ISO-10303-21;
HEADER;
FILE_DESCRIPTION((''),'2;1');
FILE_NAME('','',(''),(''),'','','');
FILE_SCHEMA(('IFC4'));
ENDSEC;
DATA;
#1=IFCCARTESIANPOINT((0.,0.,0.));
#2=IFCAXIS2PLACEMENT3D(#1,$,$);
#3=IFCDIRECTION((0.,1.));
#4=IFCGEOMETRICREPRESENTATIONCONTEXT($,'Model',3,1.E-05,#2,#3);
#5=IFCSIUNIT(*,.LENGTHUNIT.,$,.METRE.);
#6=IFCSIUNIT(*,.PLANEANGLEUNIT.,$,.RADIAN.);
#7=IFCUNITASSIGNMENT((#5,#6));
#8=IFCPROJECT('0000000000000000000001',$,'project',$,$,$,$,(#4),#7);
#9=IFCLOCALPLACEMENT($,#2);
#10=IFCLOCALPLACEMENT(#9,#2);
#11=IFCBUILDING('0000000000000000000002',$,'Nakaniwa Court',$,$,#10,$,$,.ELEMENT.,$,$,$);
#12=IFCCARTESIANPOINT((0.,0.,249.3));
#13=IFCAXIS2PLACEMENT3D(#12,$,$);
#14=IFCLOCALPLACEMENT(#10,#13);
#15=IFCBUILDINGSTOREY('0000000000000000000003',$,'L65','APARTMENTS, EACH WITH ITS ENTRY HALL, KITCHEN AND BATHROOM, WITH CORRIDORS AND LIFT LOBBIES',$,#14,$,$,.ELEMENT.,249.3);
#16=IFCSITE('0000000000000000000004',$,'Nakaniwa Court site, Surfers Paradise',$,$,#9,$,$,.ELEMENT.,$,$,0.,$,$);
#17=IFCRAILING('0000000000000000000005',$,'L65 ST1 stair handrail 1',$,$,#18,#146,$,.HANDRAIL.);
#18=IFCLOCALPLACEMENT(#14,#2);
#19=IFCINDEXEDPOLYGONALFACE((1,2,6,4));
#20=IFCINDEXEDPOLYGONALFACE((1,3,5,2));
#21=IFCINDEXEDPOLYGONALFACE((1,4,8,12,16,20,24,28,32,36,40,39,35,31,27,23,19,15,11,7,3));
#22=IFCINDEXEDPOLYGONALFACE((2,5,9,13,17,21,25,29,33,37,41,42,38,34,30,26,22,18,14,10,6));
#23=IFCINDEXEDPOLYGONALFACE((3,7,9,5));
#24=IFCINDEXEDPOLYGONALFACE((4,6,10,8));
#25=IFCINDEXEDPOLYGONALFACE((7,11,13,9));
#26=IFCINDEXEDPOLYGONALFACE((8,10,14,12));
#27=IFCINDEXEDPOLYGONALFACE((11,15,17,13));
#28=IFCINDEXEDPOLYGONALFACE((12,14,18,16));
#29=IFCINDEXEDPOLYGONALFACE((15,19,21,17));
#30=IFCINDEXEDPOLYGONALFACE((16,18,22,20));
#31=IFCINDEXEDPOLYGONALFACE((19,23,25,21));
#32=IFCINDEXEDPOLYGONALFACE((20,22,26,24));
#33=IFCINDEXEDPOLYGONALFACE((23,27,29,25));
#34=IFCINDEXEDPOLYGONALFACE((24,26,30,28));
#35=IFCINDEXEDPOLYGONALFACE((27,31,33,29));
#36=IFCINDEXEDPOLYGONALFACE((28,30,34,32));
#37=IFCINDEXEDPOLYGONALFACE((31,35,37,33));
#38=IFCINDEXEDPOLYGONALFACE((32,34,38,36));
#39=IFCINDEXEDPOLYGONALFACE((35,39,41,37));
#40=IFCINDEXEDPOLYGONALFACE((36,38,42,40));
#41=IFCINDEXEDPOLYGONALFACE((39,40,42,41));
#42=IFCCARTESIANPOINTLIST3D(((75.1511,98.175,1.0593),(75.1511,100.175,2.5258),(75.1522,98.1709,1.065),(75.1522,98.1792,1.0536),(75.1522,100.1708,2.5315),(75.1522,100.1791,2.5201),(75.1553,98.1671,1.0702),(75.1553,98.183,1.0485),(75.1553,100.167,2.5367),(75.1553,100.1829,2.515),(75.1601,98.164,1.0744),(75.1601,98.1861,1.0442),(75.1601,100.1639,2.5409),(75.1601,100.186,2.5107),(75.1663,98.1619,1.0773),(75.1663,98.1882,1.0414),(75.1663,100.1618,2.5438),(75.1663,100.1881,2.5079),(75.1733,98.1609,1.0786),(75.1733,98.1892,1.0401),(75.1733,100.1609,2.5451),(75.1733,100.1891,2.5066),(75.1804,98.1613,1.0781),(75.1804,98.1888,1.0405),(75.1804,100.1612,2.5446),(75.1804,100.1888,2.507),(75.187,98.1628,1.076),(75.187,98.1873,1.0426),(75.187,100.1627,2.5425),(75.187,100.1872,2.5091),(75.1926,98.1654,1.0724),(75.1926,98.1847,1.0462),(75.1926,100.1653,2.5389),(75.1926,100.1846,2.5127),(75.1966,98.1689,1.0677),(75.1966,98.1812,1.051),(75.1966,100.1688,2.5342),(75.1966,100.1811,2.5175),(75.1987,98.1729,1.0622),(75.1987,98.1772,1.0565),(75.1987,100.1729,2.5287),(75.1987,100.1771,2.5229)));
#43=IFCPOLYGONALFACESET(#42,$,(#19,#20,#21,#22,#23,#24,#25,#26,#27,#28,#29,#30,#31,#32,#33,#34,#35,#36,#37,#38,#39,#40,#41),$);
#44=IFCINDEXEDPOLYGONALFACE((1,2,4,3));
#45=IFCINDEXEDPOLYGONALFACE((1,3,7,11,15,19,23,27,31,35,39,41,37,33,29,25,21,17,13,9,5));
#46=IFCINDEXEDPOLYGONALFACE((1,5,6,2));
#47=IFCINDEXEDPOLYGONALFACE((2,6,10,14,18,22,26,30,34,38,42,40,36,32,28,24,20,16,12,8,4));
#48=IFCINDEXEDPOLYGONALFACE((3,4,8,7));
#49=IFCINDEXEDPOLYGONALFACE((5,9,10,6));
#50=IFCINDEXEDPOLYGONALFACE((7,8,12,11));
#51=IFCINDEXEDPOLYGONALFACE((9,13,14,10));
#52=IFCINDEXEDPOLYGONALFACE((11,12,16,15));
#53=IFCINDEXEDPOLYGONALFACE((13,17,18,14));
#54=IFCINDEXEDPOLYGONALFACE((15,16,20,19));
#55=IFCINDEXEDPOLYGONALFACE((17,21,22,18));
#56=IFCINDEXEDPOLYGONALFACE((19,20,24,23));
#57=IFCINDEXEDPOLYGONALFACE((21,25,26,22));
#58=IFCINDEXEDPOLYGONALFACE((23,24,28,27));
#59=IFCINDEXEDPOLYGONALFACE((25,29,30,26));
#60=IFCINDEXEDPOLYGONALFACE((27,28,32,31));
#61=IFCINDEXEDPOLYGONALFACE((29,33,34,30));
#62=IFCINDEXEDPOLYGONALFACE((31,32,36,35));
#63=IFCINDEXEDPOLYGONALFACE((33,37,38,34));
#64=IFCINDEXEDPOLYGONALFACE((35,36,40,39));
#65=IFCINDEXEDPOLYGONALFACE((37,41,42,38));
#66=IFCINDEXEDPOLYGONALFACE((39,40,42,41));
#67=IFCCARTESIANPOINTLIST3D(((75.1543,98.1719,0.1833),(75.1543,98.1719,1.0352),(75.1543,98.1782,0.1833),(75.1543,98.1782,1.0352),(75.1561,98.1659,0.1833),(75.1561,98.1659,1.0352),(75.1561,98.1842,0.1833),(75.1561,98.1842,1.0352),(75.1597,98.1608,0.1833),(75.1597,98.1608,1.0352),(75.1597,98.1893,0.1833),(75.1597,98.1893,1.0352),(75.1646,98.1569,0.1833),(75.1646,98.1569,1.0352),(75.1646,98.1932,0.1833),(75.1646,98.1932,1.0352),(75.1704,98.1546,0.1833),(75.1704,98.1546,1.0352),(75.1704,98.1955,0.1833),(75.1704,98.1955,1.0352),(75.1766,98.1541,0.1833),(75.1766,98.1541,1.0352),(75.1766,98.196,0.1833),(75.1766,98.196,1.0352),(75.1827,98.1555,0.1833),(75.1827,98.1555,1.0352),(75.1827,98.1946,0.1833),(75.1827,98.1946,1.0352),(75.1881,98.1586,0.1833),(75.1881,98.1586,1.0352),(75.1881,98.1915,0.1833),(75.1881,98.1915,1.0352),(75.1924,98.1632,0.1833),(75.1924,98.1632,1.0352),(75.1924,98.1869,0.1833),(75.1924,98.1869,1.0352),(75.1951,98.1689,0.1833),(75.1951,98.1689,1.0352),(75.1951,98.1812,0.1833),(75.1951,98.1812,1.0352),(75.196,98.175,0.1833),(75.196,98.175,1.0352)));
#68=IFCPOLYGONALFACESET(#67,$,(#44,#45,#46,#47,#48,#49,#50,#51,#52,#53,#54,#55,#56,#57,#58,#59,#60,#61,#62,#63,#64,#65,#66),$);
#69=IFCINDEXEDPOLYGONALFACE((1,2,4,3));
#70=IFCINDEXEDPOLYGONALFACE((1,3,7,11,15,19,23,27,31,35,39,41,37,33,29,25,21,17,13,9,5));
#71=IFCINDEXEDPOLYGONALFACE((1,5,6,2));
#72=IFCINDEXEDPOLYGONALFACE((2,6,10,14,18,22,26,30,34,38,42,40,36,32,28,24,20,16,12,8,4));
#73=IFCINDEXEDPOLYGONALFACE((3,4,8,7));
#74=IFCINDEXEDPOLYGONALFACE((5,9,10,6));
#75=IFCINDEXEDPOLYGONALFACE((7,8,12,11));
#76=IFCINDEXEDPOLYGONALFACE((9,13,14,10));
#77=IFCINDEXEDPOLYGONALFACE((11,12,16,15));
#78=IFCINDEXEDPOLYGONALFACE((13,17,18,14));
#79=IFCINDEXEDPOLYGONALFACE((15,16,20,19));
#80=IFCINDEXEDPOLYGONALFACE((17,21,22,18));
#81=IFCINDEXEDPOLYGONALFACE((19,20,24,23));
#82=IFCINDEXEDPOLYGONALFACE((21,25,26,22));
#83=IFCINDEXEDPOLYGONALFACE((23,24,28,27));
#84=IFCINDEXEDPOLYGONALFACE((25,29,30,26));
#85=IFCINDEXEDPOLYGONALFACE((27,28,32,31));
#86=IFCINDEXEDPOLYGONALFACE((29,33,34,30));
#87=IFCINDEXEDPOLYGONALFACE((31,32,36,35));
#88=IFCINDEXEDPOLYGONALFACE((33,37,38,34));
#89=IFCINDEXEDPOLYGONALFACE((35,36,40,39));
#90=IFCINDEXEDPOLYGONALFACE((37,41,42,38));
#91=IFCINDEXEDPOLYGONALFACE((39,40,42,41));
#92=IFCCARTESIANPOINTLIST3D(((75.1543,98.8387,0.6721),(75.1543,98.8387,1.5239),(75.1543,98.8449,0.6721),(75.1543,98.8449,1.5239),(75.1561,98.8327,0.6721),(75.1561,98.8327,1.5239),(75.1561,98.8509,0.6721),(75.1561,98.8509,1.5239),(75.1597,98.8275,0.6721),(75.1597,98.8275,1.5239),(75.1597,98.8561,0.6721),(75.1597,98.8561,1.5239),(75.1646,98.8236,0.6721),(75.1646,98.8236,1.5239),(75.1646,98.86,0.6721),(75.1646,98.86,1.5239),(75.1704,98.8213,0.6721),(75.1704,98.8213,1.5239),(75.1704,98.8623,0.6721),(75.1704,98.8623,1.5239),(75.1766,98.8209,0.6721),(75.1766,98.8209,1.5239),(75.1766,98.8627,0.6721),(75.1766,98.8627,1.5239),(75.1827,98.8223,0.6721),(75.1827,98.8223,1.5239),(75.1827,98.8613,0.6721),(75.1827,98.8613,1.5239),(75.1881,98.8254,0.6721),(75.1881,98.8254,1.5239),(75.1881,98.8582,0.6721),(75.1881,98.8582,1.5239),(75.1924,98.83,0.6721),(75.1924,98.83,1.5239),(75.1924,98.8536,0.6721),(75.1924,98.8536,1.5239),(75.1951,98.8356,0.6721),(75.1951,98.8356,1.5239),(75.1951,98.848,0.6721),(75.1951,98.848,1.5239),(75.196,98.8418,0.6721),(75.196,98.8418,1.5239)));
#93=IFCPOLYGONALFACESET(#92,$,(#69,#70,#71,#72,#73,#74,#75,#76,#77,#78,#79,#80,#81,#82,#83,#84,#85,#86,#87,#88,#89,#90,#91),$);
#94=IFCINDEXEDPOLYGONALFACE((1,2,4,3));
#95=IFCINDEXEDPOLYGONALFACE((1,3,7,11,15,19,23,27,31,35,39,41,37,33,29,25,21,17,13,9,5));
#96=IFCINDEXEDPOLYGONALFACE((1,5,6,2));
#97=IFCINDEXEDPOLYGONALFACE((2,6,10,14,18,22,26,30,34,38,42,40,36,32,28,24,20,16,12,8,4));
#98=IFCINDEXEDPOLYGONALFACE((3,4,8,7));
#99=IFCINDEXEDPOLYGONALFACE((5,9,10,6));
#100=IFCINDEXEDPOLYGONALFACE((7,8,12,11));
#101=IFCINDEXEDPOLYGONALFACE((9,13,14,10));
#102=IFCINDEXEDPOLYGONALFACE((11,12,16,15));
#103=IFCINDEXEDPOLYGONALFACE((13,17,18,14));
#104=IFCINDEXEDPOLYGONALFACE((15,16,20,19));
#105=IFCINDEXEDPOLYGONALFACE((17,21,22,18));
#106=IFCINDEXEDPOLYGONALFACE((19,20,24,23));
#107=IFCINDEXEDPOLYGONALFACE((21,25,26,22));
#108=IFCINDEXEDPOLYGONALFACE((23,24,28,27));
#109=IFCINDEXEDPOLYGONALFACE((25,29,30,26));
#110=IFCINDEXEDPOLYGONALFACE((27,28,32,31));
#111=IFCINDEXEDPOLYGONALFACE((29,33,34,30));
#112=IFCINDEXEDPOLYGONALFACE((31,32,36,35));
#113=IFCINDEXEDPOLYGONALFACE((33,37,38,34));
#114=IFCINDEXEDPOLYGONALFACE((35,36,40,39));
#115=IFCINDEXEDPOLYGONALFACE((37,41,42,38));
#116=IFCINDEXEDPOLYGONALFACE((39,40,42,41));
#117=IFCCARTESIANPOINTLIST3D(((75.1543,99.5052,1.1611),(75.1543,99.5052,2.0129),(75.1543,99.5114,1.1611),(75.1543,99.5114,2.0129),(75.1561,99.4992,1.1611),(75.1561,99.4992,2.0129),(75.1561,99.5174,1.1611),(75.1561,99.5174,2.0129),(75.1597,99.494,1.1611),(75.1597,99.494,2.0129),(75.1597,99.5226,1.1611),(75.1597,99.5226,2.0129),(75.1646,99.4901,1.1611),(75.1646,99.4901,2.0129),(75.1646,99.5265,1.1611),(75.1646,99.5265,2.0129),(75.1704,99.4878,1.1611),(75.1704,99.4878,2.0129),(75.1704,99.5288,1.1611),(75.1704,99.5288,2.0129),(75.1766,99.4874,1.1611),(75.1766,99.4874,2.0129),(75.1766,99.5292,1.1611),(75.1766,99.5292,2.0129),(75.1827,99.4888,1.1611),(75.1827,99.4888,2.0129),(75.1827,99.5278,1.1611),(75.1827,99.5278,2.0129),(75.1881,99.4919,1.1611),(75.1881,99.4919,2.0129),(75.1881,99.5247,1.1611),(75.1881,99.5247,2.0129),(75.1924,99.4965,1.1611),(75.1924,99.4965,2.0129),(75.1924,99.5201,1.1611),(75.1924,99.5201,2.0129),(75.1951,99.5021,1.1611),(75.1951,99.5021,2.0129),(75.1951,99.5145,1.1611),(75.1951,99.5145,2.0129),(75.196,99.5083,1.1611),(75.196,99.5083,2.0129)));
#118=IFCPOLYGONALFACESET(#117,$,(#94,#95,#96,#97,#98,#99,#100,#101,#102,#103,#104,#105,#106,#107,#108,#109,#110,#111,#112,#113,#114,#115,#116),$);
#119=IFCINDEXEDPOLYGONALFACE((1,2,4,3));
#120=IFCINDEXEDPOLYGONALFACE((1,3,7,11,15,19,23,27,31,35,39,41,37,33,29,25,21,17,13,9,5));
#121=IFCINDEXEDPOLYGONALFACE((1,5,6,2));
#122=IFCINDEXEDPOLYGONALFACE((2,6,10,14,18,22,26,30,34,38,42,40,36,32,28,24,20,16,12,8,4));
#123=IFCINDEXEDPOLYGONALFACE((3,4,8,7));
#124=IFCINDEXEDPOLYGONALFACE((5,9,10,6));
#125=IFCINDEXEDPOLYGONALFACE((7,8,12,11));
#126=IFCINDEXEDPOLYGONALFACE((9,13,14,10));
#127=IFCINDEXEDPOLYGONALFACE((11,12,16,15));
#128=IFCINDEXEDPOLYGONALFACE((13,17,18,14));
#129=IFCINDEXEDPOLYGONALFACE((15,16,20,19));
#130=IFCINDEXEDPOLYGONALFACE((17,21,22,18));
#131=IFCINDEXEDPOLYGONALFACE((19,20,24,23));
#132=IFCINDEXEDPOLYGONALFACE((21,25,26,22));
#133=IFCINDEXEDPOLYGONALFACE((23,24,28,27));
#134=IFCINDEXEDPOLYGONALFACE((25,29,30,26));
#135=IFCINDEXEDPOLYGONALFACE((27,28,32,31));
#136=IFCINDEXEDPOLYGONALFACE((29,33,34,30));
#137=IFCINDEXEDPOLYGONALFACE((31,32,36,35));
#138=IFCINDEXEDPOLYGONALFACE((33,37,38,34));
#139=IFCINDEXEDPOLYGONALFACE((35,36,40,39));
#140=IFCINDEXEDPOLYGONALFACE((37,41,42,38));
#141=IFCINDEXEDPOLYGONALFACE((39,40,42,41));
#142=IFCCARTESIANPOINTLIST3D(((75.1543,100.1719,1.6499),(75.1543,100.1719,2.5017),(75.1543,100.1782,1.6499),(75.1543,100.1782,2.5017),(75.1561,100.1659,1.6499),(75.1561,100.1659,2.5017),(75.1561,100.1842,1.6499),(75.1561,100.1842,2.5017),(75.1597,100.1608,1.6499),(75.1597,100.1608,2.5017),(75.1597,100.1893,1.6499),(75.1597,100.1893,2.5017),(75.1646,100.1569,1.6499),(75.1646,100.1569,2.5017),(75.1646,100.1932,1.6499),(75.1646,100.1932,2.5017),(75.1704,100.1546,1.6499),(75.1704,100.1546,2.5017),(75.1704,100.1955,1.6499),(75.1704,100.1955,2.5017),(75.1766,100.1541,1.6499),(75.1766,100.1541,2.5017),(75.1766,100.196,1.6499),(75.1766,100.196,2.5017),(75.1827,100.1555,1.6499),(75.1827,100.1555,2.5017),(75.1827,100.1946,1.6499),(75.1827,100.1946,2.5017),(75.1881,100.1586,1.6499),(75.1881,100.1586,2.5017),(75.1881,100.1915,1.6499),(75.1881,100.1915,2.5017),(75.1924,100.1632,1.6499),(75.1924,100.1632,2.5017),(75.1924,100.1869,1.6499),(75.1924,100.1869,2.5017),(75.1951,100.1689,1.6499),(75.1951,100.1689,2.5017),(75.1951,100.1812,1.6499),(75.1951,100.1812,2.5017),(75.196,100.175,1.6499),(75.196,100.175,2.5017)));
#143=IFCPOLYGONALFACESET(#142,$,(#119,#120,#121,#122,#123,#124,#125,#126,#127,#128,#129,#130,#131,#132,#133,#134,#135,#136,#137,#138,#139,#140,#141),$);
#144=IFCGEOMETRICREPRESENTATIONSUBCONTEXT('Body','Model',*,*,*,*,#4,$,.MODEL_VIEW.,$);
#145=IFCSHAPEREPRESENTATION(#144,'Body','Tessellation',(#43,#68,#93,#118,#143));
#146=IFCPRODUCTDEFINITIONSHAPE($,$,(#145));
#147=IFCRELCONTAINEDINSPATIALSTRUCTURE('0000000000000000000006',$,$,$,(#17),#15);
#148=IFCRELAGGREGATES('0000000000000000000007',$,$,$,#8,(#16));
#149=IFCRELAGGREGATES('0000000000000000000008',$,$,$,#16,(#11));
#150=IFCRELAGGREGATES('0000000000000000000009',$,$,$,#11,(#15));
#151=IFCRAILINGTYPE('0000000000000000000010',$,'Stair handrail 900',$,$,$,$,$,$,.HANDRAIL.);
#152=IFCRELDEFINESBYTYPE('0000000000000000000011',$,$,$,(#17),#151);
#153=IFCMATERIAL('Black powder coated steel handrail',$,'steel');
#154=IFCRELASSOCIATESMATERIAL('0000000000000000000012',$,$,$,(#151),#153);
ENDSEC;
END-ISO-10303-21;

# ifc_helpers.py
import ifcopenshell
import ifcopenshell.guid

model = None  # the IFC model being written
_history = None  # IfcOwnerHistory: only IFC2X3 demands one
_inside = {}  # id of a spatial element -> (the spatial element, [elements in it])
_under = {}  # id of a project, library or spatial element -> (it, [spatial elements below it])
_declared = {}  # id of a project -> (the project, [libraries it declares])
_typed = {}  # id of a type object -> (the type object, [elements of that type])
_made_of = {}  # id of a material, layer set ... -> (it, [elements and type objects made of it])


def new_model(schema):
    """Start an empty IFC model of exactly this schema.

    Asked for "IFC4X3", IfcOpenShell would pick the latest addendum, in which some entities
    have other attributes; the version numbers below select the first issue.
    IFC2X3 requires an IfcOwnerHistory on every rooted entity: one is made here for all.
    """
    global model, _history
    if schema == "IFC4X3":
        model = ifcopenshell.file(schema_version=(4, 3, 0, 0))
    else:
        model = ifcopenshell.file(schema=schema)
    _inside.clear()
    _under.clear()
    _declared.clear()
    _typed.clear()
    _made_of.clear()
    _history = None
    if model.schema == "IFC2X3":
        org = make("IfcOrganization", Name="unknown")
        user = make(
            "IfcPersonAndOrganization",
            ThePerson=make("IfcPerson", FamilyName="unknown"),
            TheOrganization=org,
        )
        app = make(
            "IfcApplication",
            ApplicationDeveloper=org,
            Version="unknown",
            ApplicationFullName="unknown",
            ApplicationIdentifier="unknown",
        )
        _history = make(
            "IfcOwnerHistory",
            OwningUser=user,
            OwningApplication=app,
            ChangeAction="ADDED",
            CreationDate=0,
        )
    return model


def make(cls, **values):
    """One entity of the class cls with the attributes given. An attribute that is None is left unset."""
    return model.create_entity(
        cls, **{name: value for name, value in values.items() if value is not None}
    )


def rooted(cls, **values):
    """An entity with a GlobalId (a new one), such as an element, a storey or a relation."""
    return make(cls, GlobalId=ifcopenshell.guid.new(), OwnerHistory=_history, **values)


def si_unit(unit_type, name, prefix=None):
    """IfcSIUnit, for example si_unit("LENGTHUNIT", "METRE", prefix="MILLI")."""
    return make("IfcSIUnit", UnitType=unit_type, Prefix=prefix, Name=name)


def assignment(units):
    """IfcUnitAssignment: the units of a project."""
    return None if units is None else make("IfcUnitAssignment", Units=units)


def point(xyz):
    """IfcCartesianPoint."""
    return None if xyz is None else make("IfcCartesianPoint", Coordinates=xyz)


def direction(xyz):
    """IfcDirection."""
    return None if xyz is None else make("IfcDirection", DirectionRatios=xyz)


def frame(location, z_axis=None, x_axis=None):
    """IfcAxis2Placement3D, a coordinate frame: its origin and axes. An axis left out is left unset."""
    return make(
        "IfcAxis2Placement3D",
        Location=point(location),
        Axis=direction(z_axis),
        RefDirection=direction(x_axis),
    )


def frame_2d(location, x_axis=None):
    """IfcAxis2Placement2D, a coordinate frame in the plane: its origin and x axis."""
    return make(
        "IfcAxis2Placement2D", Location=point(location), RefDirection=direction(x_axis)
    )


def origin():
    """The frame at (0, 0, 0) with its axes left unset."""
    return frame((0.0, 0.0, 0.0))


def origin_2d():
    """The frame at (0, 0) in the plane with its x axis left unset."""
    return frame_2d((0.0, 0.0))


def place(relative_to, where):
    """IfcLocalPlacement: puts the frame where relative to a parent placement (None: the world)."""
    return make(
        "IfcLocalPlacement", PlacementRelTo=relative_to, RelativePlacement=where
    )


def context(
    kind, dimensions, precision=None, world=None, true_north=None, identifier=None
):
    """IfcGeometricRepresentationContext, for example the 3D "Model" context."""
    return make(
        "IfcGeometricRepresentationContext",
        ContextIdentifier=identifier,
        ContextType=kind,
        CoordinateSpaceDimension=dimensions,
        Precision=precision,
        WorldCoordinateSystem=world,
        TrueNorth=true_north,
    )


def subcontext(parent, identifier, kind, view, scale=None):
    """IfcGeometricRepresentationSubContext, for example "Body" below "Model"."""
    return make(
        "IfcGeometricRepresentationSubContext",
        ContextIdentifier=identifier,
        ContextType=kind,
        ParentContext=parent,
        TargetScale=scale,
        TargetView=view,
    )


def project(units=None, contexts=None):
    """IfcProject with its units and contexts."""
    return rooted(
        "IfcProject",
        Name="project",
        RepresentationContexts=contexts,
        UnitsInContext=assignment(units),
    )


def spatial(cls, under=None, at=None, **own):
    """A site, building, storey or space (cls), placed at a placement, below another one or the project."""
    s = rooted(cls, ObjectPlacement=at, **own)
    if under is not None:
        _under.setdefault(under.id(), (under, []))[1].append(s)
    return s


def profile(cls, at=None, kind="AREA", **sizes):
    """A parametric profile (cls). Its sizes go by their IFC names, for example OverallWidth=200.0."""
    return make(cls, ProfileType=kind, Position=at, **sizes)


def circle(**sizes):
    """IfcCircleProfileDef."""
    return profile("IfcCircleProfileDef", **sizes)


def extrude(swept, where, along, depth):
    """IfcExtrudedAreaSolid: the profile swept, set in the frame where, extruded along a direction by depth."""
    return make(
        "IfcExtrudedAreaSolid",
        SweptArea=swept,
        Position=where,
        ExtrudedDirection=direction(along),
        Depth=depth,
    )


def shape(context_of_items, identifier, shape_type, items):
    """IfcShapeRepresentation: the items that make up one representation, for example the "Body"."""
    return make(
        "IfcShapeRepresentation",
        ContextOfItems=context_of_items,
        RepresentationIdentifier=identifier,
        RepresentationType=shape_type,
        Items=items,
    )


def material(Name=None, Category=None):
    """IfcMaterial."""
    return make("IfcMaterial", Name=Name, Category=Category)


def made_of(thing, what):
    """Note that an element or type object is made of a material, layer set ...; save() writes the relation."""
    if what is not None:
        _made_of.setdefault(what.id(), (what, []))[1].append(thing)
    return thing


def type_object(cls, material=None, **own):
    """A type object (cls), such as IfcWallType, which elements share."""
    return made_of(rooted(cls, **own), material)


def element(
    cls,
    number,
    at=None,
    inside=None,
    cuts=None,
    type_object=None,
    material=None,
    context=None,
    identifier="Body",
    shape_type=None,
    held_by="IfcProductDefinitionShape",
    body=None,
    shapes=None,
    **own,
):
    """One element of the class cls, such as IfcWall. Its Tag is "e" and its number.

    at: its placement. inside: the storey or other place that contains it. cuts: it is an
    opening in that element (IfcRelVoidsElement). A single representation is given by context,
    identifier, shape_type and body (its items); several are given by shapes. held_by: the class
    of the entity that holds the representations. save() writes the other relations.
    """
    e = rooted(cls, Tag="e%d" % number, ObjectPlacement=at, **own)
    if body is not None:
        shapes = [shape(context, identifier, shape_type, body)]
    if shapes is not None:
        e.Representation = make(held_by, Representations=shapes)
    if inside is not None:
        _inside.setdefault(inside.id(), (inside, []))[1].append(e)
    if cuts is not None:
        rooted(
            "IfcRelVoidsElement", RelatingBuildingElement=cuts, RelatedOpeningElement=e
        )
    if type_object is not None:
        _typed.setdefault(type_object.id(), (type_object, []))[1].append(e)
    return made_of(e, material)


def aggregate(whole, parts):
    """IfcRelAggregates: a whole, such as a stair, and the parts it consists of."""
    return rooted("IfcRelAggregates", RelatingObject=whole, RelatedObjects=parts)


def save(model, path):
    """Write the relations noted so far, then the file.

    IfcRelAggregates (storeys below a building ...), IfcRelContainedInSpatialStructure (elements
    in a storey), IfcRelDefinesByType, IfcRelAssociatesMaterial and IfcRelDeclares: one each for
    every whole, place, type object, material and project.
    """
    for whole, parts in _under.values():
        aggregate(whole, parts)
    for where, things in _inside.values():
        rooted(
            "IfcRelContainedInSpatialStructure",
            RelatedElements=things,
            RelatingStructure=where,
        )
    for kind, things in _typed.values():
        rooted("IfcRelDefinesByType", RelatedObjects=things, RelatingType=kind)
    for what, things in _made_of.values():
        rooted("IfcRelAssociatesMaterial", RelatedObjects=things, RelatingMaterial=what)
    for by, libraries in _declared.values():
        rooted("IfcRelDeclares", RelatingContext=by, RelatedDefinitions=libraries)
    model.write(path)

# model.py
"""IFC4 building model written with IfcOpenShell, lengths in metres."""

from ifc_helpers import new_model, si_unit, direction, frame, origin, origin_2d, place, context, subcontext, project, spatial, circle, extrude, material, type_object, element, save


model = new_model("IFC4")

# Units and contexts
model_context = context("Model", 3, precision=1e-05, world=origin(), true_north=direction((0.0, 1.0)))
body_context = subcontext(model_context, "Body", "Model", "MODEL_VIEW")
ifc_project = project(units=[si_unit("LENGTHUNIT", "METRE"), si_unit("PLANEANGLEUNIT", "RADIAN")], contexts=[model_context])

# Site, building, storey
site_placement = place(None, origin())
site = spatial("IfcSite", under=ifc_project, at=site_placement, Name="Nakaniwa Court site, Surfers Paradise", CompositionType="ELEMENT", RefElevation=0.0)
building_placement = place(site_placement, origin())
building = spatial("IfcBuilding", under=site, at=building_placement, Name="Nakaniwa Court", CompositionType="ELEMENT")
storey_placement = place(building_placement, frame((0.0, 0.0, 249.3)))
storey = spatial("IfcBuildingStorey", under=building, at=storey_placement, Name="L65", Description="APARTMENTS, EACH WITH ITS ENTRY HALL, KITCHEN AND BATHROOM, WITH CORRIDORS AND LIFT LOBBIES", CompositionType="ELEMENT", Elevation=249.3)

# Railing
ifc_material_1 = material(Name="Black powder coated steel handrail", Category="steel")
railing_type_1 = type_object("IfcRailingType", Name="Stair handrail 900", PredefinedType="HANDRAIL", material=ifc_material_1)
railing_1_placement = place(storey_placement, frame((75.175, 98.175, 0.1833)))
element("IfcRailing", 1, at=railing_1_placement, inside=storey, type_object=railing_type_1, Name="L65 ST1 stair handrail 1", PredefinedType="HANDRAIL", context=body_context, shape_type="SweptSolid", body=[
    extrude(circle(Radius=0.0239, at=origin_2d()), frame((0.0, 0.0, 0.876), z_axis=(0.0, 0.806427, 0.591334), x_axis=(-1.0, 0.0, 0.0)), (0.0, 0.0, 1.0), 2.48),
    extrude(circle(Radius=0.021, at=origin_2d()), origin(), (0.0, 0.0, 1.0), 0.8518),
    extrude(circle(Radius=0.021, at=origin_2d()), frame((0.0, 0.6667, 0.4888)), (0.0, 0.0, 1.0), 0.8518),
    extrude(circle(Radius=0.021, at=origin_2d()), frame((0.0, 1.3333, 0.9778)), (0.0, 0.0, 1.0), 0.8518),
    extrude(circle(Radius=0.021, at=origin_2d()), frame((0.0, 2.0, 1.4666)), (0.0, 0.0, 1.0), 0.8518),
])

save(model, "model.ifc")
